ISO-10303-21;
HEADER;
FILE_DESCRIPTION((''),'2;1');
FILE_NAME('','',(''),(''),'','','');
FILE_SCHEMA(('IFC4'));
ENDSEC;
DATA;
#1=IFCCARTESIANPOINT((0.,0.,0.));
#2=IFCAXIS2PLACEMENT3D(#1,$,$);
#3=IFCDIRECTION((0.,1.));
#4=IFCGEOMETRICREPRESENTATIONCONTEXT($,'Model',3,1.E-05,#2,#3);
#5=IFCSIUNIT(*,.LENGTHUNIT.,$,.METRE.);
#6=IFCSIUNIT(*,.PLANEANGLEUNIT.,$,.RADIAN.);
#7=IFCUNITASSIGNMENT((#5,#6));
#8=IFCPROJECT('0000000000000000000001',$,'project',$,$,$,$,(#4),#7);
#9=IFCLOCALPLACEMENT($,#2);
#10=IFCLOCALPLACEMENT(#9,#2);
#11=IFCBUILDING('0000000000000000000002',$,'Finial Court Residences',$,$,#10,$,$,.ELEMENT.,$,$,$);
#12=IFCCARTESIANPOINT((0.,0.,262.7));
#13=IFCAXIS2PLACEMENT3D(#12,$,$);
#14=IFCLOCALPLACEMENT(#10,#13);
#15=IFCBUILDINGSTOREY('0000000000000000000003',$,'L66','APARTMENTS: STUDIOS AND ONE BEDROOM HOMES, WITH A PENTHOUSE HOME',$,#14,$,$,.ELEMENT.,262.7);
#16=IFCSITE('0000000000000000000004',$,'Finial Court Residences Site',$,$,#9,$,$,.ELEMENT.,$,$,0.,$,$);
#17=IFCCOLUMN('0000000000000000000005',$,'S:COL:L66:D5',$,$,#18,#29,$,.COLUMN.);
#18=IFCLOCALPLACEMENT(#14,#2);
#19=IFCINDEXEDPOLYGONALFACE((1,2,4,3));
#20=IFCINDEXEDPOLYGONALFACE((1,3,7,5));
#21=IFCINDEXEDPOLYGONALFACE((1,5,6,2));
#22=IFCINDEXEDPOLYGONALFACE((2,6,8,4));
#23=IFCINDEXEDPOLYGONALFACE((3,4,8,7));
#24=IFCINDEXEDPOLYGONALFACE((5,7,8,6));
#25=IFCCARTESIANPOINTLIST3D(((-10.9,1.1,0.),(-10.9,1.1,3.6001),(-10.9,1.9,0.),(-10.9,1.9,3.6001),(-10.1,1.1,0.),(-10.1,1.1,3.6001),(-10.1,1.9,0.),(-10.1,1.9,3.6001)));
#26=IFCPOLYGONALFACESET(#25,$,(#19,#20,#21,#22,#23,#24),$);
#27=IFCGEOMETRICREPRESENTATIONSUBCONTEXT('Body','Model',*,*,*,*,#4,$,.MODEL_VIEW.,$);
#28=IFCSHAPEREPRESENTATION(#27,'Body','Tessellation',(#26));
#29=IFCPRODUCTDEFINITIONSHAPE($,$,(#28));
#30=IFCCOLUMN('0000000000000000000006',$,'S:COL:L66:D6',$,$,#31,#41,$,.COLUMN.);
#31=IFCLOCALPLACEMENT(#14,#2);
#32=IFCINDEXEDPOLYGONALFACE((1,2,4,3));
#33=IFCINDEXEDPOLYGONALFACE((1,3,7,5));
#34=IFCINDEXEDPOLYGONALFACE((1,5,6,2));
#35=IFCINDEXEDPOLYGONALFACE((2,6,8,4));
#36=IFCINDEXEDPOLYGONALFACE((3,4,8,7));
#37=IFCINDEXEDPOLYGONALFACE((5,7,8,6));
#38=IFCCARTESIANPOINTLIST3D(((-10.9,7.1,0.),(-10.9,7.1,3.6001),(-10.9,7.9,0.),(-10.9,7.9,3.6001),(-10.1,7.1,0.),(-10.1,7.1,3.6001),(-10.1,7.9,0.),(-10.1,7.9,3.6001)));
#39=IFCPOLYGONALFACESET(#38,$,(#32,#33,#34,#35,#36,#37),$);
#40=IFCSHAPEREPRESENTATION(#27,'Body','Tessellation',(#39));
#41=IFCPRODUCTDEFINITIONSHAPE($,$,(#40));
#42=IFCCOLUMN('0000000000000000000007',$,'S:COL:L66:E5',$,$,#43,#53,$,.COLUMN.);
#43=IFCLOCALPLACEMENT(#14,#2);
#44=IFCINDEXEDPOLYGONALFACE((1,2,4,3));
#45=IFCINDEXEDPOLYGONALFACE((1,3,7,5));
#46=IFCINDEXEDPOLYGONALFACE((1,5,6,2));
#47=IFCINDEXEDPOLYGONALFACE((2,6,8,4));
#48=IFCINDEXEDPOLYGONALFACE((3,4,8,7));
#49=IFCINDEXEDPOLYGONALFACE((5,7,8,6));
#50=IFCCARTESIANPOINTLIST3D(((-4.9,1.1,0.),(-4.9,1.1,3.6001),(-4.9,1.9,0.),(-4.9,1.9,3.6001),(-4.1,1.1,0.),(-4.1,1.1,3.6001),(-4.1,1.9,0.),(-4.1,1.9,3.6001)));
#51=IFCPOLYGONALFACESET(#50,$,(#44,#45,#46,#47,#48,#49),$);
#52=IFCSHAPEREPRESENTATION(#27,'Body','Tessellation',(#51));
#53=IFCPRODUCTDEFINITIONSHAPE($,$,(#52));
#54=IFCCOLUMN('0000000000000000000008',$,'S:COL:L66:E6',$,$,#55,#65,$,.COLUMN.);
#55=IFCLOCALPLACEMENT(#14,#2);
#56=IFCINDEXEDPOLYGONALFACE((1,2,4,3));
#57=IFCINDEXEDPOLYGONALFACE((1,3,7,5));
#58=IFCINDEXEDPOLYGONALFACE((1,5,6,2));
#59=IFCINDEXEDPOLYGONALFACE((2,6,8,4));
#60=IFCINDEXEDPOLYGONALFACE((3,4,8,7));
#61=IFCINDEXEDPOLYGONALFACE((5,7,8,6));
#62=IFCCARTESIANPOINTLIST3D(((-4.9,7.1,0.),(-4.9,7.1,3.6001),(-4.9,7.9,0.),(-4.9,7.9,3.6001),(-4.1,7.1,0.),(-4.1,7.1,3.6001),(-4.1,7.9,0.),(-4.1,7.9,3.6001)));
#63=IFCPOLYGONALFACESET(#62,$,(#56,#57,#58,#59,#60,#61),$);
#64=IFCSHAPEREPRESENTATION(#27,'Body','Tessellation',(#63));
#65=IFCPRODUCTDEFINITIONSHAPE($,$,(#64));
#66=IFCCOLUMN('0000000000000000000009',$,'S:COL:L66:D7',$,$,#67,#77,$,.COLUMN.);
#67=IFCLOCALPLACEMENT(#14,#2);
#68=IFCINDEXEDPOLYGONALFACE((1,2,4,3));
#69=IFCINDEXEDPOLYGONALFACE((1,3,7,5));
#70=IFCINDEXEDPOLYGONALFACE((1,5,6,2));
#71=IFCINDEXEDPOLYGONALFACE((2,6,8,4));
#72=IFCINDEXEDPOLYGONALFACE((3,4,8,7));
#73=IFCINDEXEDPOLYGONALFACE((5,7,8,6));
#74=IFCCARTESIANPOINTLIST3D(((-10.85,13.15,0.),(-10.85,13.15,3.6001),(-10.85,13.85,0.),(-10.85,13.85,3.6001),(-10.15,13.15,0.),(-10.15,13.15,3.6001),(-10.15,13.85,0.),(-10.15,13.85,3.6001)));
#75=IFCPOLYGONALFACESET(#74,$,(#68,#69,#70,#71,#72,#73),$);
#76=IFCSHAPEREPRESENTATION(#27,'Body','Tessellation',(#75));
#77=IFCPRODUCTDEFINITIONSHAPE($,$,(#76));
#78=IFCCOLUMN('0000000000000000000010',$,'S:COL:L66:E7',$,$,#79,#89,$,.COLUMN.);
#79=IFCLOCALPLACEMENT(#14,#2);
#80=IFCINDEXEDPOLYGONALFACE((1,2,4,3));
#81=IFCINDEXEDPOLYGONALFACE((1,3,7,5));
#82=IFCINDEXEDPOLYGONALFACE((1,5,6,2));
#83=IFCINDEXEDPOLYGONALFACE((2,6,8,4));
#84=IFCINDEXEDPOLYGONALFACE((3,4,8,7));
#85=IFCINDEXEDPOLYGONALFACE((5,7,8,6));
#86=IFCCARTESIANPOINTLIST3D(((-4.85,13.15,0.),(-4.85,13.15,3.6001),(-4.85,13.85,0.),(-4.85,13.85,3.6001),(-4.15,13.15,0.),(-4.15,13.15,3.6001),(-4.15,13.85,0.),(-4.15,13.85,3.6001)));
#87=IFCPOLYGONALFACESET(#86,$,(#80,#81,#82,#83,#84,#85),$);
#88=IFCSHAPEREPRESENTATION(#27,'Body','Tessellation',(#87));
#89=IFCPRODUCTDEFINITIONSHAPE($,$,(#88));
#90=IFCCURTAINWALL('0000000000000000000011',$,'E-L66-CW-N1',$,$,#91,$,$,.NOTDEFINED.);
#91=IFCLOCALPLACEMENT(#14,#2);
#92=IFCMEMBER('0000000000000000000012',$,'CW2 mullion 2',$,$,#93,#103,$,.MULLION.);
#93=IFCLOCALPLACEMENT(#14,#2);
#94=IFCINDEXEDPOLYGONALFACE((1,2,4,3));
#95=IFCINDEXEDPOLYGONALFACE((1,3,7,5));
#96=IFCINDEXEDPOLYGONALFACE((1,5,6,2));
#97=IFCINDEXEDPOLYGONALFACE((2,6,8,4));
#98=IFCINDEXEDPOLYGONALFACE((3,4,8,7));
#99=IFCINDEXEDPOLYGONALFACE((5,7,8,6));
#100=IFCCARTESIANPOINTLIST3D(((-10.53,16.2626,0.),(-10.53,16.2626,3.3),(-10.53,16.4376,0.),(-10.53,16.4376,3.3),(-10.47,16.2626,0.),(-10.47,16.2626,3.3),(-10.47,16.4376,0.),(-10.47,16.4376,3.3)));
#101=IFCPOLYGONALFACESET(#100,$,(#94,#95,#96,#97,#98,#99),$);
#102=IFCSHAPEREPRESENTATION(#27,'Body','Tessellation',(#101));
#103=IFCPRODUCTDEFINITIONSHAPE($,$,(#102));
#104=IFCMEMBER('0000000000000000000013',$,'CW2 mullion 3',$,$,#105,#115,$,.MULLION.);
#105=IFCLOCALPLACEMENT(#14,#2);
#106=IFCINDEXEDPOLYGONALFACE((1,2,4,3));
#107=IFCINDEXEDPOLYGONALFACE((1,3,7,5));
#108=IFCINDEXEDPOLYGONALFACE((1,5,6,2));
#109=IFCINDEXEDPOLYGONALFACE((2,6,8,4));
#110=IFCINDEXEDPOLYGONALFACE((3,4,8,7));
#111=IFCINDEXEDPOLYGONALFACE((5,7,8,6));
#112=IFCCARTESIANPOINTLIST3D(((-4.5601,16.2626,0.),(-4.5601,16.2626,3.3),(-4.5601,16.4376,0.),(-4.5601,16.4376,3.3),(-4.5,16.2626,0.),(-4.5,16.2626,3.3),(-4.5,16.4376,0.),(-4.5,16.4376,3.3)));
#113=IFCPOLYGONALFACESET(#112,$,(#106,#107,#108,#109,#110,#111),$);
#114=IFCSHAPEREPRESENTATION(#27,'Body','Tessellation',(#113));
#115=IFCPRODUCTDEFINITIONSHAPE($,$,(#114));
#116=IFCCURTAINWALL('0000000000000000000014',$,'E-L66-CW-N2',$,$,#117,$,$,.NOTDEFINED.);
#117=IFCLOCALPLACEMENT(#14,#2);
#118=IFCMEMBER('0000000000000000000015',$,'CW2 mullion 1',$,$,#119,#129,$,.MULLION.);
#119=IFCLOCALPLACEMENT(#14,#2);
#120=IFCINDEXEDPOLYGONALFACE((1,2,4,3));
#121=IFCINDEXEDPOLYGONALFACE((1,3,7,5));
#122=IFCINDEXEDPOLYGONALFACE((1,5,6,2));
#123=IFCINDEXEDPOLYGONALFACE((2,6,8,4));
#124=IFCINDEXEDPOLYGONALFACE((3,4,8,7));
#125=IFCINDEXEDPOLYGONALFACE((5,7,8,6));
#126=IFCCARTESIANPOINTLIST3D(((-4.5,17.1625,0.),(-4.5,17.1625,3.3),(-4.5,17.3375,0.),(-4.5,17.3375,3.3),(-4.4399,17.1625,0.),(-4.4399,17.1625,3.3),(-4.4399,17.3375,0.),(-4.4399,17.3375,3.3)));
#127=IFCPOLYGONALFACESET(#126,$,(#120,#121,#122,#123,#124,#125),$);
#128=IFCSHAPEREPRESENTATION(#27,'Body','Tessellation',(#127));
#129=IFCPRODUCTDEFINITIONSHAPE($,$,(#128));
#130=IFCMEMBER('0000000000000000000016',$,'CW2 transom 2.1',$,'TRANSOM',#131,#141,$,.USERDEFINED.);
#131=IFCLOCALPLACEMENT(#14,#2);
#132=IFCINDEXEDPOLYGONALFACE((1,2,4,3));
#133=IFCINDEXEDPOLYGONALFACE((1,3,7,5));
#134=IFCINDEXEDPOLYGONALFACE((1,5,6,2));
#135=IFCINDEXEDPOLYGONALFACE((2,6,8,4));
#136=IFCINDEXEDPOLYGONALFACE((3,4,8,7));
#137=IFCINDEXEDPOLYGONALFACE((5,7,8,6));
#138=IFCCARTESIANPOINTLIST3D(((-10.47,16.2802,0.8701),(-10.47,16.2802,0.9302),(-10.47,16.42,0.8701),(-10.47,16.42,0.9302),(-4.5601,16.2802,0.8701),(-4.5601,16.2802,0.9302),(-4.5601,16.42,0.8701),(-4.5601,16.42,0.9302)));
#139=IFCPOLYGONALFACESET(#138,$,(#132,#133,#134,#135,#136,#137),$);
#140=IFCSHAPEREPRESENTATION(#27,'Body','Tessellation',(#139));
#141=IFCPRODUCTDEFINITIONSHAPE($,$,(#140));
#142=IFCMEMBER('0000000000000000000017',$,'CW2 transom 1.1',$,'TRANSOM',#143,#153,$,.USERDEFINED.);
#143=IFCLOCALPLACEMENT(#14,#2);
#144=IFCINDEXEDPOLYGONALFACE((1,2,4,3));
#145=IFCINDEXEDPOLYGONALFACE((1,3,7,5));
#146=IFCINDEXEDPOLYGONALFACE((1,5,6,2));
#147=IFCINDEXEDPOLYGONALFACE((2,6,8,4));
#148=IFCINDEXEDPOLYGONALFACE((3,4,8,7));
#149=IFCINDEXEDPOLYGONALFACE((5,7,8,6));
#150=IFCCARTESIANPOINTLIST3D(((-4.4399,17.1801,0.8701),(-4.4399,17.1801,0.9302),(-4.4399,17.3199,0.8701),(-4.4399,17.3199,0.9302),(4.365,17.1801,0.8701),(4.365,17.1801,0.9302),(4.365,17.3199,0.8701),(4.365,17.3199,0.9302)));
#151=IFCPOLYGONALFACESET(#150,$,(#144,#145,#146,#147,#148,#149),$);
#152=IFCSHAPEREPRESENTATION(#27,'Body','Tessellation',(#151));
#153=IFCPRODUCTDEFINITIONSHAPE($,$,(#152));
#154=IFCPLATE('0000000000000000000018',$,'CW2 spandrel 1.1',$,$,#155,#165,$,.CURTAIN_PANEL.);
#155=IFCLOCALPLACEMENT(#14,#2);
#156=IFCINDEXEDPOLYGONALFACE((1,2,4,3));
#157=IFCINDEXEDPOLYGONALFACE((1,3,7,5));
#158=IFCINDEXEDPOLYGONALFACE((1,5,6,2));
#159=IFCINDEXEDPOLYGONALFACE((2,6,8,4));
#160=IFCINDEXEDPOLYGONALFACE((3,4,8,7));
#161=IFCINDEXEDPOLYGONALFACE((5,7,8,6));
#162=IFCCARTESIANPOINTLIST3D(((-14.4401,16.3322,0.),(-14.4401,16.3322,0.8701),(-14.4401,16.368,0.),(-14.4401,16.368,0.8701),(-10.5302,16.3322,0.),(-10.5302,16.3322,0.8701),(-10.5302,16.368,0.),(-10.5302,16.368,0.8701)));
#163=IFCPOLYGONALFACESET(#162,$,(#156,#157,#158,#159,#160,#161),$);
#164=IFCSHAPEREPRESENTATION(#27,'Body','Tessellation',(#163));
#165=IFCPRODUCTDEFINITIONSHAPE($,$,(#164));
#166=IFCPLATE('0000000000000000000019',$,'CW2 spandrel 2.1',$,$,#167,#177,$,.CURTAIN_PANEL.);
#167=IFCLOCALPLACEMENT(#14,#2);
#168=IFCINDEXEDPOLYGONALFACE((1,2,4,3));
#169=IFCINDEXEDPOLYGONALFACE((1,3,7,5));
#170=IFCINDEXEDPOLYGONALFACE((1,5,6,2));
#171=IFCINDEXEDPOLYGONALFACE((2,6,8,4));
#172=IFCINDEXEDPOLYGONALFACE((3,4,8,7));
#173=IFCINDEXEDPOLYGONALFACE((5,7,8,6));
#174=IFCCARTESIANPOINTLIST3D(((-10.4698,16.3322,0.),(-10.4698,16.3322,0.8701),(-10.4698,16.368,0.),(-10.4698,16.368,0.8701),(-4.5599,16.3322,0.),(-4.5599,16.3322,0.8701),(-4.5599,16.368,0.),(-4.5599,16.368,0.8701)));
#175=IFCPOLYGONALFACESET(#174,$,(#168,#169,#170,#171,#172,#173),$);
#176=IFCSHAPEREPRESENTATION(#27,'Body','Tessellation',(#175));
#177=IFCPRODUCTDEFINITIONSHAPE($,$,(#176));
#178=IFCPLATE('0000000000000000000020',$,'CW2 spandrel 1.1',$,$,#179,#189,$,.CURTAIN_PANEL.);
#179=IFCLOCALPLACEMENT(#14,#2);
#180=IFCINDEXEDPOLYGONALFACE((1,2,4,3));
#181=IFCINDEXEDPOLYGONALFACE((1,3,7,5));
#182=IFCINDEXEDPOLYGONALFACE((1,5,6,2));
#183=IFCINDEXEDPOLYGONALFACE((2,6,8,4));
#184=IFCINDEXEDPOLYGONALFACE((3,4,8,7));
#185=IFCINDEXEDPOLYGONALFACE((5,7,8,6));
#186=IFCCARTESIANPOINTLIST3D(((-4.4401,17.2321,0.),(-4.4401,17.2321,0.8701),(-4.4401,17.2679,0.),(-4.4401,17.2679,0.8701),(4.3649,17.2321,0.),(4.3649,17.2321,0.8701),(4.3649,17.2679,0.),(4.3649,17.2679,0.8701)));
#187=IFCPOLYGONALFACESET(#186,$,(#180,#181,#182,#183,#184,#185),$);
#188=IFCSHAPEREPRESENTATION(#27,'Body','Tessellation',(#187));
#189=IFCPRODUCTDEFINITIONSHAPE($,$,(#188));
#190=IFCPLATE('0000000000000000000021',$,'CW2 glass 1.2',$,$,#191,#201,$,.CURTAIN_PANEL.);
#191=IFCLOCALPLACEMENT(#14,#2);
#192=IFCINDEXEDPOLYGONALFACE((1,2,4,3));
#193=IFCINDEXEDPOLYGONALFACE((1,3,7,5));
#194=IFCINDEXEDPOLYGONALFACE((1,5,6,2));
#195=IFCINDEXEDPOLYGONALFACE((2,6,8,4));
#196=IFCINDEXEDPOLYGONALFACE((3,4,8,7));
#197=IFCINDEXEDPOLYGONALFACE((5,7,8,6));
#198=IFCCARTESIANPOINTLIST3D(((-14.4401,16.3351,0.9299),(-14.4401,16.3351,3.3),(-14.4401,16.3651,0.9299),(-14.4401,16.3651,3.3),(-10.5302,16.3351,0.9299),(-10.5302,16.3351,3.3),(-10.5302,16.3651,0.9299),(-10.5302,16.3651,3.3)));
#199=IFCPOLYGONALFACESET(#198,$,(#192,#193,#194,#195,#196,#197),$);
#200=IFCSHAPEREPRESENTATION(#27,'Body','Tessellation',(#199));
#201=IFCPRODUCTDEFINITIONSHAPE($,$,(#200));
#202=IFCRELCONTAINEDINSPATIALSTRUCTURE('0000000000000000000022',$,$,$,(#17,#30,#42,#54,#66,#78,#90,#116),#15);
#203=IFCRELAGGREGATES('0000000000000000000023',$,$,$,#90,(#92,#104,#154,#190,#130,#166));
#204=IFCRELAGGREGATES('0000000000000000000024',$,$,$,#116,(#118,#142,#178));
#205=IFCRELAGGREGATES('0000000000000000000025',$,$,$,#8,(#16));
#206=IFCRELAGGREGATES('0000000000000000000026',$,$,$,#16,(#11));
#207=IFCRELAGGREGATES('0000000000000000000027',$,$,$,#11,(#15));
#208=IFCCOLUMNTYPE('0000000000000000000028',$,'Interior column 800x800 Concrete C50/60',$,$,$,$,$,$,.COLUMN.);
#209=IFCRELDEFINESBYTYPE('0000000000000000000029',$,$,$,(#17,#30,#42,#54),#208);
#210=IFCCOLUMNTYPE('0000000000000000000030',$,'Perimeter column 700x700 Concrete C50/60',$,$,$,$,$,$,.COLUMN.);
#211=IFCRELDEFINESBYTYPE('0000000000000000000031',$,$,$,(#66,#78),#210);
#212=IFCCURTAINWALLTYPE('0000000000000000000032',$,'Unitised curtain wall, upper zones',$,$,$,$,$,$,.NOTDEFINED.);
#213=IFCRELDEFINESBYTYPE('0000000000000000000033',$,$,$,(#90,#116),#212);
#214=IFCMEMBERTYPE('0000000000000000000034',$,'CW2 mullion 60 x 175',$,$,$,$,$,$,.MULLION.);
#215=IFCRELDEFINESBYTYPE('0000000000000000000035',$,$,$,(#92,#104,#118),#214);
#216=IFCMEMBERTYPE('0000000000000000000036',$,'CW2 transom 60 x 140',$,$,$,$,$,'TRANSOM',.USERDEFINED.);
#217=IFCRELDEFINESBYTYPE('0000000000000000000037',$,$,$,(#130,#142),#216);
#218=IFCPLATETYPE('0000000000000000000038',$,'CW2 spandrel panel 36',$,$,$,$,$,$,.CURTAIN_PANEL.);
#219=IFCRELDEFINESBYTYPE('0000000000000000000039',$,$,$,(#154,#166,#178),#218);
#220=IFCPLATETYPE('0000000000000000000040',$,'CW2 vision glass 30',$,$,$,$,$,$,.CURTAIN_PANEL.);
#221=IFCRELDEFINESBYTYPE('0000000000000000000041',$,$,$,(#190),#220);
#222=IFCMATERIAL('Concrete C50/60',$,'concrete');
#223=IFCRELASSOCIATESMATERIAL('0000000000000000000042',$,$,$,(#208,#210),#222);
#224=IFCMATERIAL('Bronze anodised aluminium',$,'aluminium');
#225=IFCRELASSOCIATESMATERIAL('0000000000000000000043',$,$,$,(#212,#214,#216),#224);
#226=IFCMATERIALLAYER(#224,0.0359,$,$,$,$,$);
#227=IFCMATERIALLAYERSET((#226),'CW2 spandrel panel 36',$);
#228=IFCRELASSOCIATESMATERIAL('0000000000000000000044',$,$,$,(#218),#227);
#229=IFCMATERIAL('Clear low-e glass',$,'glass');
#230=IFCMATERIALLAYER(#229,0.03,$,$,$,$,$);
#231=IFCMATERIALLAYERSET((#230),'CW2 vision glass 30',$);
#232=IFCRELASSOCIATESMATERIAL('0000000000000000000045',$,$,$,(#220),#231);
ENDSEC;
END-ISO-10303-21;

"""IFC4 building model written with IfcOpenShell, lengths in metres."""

from ifc_helpers import new_model, si_unit, direction, frame, origin, origin_2d, place, context, subcontext, project, spatial, rectangle, extrude, material, layer, layer_set, material_profile, profile_set, type_object, element, aggregate, save


model = new_model("IFC4")

# Units and contexts
model_context = context("Model", 3, precision=1e-05, world=origin(), true_north=direction((0.0, 1.0)))
body_context = subcontext(model_context, "Body", "Model", "MODEL_VIEW")
ifc_project = project(units=[si_unit("LENGTHUNIT", "METRE"), si_unit("PLANEANGLEUNIT", "RADIAN")], contexts=[model_context])

# Site, building, storey
site_placement = place(None, origin())
site = spatial("IfcSite", under=ifc_project, at=site_placement, Name="Finial Court Residences Site", CompositionType="ELEMENT", RefElevation=0.0)
building_placement = place(site_placement, origin())
building = spatial("IfcBuilding", under=site, at=building_placement, Name="Finial Court Residences", CompositionType="ELEMENT")
storey_placement = place(building_placement, frame((0.0, 0.0, 262.7)))
storey = spatial("IfcBuildingStorey", under=building, at=storey_placement, Name="L66", Description="APARTMENTS: STUDIOS AND ONE BEDROOM HOMES, WITH A PENTHOUSE HOME", CompositionType="ELEMENT", Elevation=262.7)

# Columns
ifc_material_1 = material(Name="Concrete C50/60", Category="concrete")
ifc_material_profile_1 = material_profile(ifc_material_1, rectangle(XDim=0.8, YDim=0.8, at=origin_2d()), Name="800x800")
ifc_profile_set_1 = profile_set([ifc_material_profile_1], Name="Concrete C50/60")
column_type_1 = type_object("IfcColumnType", Name="Interior column 800x800 Concrete C50/60", PredefinedType="COLUMN", material=ifc_profile_set_1)
for number, where, z_axis, x_axis, name in (
    (1, (-10.5, 1.5, 0.0), (0.0, 0.0, 1.0), (1.0, 0.0, 0.0), "S:COL:L66:D5"),
    (2, (-10.5, 7.5, 0.0), (0.0, 0.0, 1.0), (1.0, 0.0, 0.0), "S:COL:L66:D6"),
    (3, (-4.5, 1.5, 0.0), (0.0, 0.0, 1.0), (1.0, 0.0, 0.0), "S:COL:L66:E5"),
    (4, (-4.5, 7.5, 0.0), (0.0, 0.0, 1.0), (1.0, 0.0, 0.0), "S:COL:L66:E6"),
):
    element("IfcColumn", number, at=place(storey_placement, frame(where, z_axis=z_axis, x_axis=x_axis)), inside=storey, type_object=column_type_1, Name=name, PredefinedType="COLUMN", context=body_context, shape_type="SweptSolid", body=[
        extrude(rectangle(XDim=0.8, YDim=0.8, at=origin_2d()), origin(), (0.0, 0.0, 1.0), 3.6001),
    ])
ifc_material_profile_2 = material_profile(ifc_material_1, rectangle(XDim=0.7, YDim=0.7, at=origin_2d()), Name="700x700")
ifc_profile_set_2 = profile_set([ifc_material_profile_2], Name="Concrete C50/60")
column_type_2 = type_object("IfcColumnType", Name="Perimeter column 700x700 Concrete C50/60", PredefinedType="COLUMN", material=ifc_profile_set_2)
for number, where, z_axis, x_axis, name in (
    (5, (-10.5, 13.5, 0.0), (0.0, 0.0, 1.0), (1.0, 0.0, 0.0), "S:COL:L66:D7"),
    (6, (-4.5, 13.5, 0.0), (0.0, 0.0, 1.0), (1.0, 0.0, 0.0), "S:COL:L66:E7"),
):
    element("IfcColumn", number, at=place(storey_placement, frame(where, z_axis=z_axis, x_axis=x_axis)), inside=storey, type_object=column_type_2, Name=name, PredefinedType="COLUMN", context=body_context, shape_type="SweptSolid", body=[
        extrude(rectangle(XDim=0.7, YDim=0.7, at=origin_2d()), origin(), (0.0, 0.0, 1.0), 3.6001),
    ])

# Curtain wall, members
ifc_material_2 = material(Name="Bronze anodised aluminium", Category="aluminium")
curtain_wall_type = type_object("IfcCurtainWallType", Name="Unitised curtain wall, upper zones", PredefinedType="NOTDEFINED", material=ifc_material_2)
curtain_wall_1_placement = place(storey_placement, origin())
curtain_wall_1 = element("IfcCurtainWall", 7, at=curtain_wall_1_placement, inside=storey, type_object=curtain_wall_type, Name="E-L66-CW-N1", PredefinedType="NOTDEFINED")
ifc_material_profile_3 = material_profile(ifc_material_2, rectangle(XDim=0.175, YDim=0.0601, at=origin_2d()), Name="CW2 mullion 60 x 175")
ifc_profile_set_3 = profile_set([ifc_material_profile_3], Name="Bronze anodised aluminium")
member_type_1 = type_object("IfcMemberType", Name="CW2 mullion 60 x 175", PredefinedType="MULLION", material=ifc_profile_set_3)
member_1_placement = place(storey_placement, frame((-10.5, 16.3501, 0.0), z_axis=(0.0, 0.0, 1.0), x_axis=(0.0, 1.0, 0.0)))
member_1 = element("IfcMember", 8, at=member_1_placement, type_object=member_type_1, Name="CW2 mullion 2", PredefinedType="MULLION", context=body_context, shape_type="SweptSolid", body=[
    extrude(rectangle(XDim=0.175, YDim=0.0601, at=origin_2d()), origin(), (0.0, 0.0, 1.0), 3.3),
])
member_2_placement = place(storey_placement, frame((-4.53, 16.3501, 0.0), z_axis=(0.0, 0.0, 1.0), x_axis=(0.0, 1.0, 0.0)))
member_2 = element("IfcMember", 9, at=member_2_placement, type_object=member_type_1, Name="CW2 mullion 3", PredefinedType="MULLION", context=body_context, shape_type="SweptSolid", body=[
    extrude(rectangle(XDim=0.175, YDim=0.0601, at=origin_2d()), origin(), (0.0, 0.0, 1.0), 3.3),
])

# Curtain wall, member
curtain_wall_2_placement = place(storey_placement, origin())
curtain_wall_2 = element("IfcCurtainWall", 10, at=curtain_wall_2_placement, inside=storey, type_object=curtain_wall_type, Name="E-L66-CW-N2", PredefinedType="NOTDEFINED")
member_3_placement = place(storey_placement, frame((-4.47, 17.25, 0.0), z_axis=(0.0, 0.0, 1.0), x_axis=(0.0, 1.0, 0.0)))
member_3 = element("IfcMember", 11, at=member_3_placement, type_object=member_type_1, Name="CW2 mullion 1", PredefinedType="MULLION", context=body_context, shape_type="SweptSolid", body=[
    extrude(rectangle(XDim=0.175, YDim=0.0601, at=origin_2d()), origin(), (0.0, 0.0, 1.0), 3.3),
])

# Members
ifc_material_profile_4 = material_profile(ifc_material_2, rectangle(XDim=0.1399, YDim=0.0601, at=origin_2d()), Name="CW2 transom 60 x 140")
ifc_profile_set_4 = profile_set([ifc_material_profile_4], Name="Bronze anodised aluminium")
member_type_2 = type_object("IfcMemberType", Name="CW2 transom 60 x 140", ElementType="TRANSOM", PredefinedType="USERDEFINED", material=ifc_profile_set_4)
member_4_placement = place(storey_placement, frame((-10.47, 16.3501, 0.9001), z_axis=(1.0, 0.0, 0.0), x_axis=(0.0, 1.0, 0.0)))
member_4 = element("IfcMember", 12, at=member_4_placement, type_object=member_type_2, Name="CW2 transom 2.1", ObjectType="TRANSOM", PredefinedType="USERDEFINED", context=body_context, shape_type="SweptSolid", body=[
    extrude(rectangle(XDim=0.1399, YDim=0.0601, at=origin_2d()), origin(), (0.0, 0.0, 1.0), 5.9099),
])
member_5_placement = place(storey_placement, frame((-4.4399, 17.25, 0.9001), z_axis=(1.0, 0.0, 0.0), x_axis=(0.0, 1.0, 0.0)))
member_5 = element("IfcMember", 13, at=member_5_placement, type_object=member_type_2, Name="CW2 transom 1.1", ObjectType="TRANSOM", PredefinedType="USERDEFINED", context=body_context, shape_type="SweptSolid", body=[
    extrude(rectangle(XDim=0.1399, YDim=0.0601, at=origin_2d()), origin(), (0.0, 0.0, 1.0), 8.8049),
])

# Plates
ifc_layer_1 = layer(ifc_material_2, 0.0359)
ifc_layer_set_1 = layer_set([ifc_layer_1], Name="CW2 spandrel panel 36")
plate_type_1 = type_object("IfcPlateType", Name="CW2 spandrel panel 36", PredefinedType="CURTAIN_PANEL", material=ifc_layer_set_1)
plate_1_placement = place(storey_placement, frame((-12.4851, 16.3501, 0.0), z_axis=(0.0, 0.0, 1.0), x_axis=(1.0, 0.0, 0.0)))
plate_1 = element("IfcPlate", 14, at=plate_1_placement, type_object=plate_type_1, Name="CW2 spandrel 1.1", PredefinedType="CURTAIN_PANEL", context=body_context, shape_type="SweptSolid", body=[
    extrude(rectangle(XDim=3.9099, YDim=0.0359, at=origin_2d()), origin(), (0.0, 0.0, 1.0), 0.8701),
])
plate_2_placement = place(storey_placement, frame((-7.5149, 16.3501, 0.0), z_axis=(0.0, 0.0, 1.0), x_axis=(1.0, 0.0, 0.0)))
plate_2 = element("IfcPlate", 15, at=plate_2_placement, type_object=plate_type_1, Name="CW2 spandrel 2.1", PredefinedType="CURTAIN_PANEL", context=body_context, shape_type="SweptSolid", body=[
    extrude(rectangle(XDim=5.9099, YDim=0.0359, at=origin_2d()), origin(), (0.0, 0.0, 1.0), 0.8701),
])
plate_3_placement = place(storey_placement, frame((-0.0376, 17.25, 0.0), z_axis=(0.0, 0.0, 1.0), x_axis=(1.0, 0.0, 0.0)))
plate_3 = element("IfcPlate", 16, at=plate_3_placement, type_object=plate_type_1, Name="CW2 spandrel 1.1", PredefinedType="CURTAIN_PANEL", context=body_context, shape_type="SweptSolid", body=[
    extrude(rectangle(XDim=8.8049, YDim=0.0359, at=origin_2d()), origin(), (0.0, 0.0, 1.0), 0.8701),
])
ifc_material_3 = material(Name="Clear low-e glass", Category="glass")
ifc_layer_2 = layer(ifc_material_3, 0.03)
ifc_layer_set_2 = layer_set([ifc_layer_2], Name="CW2 vision glass 30")
plate_type_2 = type_object("IfcPlateType", Name="CW2 vision glass 30", PredefinedType="CURTAIN_PANEL", material=ifc_layer_set_2)
plate_4_placement = place(storey_placement, frame((-12.4851, 16.3501, 0.9299), z_axis=(0.0, 0.0, 1.0), x_axis=(1.0, 0.0, 0.0)))
plate_4 = element("IfcPlate", 17, at=plate_4_placement, type_object=plate_type_2, Name="CW2 glass 1.2", PredefinedType="CURTAIN_PANEL", context=body_context, shape_type="SweptSolid", body=[
    extrude(rectangle(XDim=3.9099, YDim=0.03, at=origin_2d()), origin(), (0.0, 0.0, 1.0), 2.3701),
])
aggregate(curtain_wall_1, [member_1, member_2, plate_1, plate_4, member_4, plate_2])
aggregate(curtain_wall_2, [member_3, member_5, plate_3])

save(model, "model.ifc")
